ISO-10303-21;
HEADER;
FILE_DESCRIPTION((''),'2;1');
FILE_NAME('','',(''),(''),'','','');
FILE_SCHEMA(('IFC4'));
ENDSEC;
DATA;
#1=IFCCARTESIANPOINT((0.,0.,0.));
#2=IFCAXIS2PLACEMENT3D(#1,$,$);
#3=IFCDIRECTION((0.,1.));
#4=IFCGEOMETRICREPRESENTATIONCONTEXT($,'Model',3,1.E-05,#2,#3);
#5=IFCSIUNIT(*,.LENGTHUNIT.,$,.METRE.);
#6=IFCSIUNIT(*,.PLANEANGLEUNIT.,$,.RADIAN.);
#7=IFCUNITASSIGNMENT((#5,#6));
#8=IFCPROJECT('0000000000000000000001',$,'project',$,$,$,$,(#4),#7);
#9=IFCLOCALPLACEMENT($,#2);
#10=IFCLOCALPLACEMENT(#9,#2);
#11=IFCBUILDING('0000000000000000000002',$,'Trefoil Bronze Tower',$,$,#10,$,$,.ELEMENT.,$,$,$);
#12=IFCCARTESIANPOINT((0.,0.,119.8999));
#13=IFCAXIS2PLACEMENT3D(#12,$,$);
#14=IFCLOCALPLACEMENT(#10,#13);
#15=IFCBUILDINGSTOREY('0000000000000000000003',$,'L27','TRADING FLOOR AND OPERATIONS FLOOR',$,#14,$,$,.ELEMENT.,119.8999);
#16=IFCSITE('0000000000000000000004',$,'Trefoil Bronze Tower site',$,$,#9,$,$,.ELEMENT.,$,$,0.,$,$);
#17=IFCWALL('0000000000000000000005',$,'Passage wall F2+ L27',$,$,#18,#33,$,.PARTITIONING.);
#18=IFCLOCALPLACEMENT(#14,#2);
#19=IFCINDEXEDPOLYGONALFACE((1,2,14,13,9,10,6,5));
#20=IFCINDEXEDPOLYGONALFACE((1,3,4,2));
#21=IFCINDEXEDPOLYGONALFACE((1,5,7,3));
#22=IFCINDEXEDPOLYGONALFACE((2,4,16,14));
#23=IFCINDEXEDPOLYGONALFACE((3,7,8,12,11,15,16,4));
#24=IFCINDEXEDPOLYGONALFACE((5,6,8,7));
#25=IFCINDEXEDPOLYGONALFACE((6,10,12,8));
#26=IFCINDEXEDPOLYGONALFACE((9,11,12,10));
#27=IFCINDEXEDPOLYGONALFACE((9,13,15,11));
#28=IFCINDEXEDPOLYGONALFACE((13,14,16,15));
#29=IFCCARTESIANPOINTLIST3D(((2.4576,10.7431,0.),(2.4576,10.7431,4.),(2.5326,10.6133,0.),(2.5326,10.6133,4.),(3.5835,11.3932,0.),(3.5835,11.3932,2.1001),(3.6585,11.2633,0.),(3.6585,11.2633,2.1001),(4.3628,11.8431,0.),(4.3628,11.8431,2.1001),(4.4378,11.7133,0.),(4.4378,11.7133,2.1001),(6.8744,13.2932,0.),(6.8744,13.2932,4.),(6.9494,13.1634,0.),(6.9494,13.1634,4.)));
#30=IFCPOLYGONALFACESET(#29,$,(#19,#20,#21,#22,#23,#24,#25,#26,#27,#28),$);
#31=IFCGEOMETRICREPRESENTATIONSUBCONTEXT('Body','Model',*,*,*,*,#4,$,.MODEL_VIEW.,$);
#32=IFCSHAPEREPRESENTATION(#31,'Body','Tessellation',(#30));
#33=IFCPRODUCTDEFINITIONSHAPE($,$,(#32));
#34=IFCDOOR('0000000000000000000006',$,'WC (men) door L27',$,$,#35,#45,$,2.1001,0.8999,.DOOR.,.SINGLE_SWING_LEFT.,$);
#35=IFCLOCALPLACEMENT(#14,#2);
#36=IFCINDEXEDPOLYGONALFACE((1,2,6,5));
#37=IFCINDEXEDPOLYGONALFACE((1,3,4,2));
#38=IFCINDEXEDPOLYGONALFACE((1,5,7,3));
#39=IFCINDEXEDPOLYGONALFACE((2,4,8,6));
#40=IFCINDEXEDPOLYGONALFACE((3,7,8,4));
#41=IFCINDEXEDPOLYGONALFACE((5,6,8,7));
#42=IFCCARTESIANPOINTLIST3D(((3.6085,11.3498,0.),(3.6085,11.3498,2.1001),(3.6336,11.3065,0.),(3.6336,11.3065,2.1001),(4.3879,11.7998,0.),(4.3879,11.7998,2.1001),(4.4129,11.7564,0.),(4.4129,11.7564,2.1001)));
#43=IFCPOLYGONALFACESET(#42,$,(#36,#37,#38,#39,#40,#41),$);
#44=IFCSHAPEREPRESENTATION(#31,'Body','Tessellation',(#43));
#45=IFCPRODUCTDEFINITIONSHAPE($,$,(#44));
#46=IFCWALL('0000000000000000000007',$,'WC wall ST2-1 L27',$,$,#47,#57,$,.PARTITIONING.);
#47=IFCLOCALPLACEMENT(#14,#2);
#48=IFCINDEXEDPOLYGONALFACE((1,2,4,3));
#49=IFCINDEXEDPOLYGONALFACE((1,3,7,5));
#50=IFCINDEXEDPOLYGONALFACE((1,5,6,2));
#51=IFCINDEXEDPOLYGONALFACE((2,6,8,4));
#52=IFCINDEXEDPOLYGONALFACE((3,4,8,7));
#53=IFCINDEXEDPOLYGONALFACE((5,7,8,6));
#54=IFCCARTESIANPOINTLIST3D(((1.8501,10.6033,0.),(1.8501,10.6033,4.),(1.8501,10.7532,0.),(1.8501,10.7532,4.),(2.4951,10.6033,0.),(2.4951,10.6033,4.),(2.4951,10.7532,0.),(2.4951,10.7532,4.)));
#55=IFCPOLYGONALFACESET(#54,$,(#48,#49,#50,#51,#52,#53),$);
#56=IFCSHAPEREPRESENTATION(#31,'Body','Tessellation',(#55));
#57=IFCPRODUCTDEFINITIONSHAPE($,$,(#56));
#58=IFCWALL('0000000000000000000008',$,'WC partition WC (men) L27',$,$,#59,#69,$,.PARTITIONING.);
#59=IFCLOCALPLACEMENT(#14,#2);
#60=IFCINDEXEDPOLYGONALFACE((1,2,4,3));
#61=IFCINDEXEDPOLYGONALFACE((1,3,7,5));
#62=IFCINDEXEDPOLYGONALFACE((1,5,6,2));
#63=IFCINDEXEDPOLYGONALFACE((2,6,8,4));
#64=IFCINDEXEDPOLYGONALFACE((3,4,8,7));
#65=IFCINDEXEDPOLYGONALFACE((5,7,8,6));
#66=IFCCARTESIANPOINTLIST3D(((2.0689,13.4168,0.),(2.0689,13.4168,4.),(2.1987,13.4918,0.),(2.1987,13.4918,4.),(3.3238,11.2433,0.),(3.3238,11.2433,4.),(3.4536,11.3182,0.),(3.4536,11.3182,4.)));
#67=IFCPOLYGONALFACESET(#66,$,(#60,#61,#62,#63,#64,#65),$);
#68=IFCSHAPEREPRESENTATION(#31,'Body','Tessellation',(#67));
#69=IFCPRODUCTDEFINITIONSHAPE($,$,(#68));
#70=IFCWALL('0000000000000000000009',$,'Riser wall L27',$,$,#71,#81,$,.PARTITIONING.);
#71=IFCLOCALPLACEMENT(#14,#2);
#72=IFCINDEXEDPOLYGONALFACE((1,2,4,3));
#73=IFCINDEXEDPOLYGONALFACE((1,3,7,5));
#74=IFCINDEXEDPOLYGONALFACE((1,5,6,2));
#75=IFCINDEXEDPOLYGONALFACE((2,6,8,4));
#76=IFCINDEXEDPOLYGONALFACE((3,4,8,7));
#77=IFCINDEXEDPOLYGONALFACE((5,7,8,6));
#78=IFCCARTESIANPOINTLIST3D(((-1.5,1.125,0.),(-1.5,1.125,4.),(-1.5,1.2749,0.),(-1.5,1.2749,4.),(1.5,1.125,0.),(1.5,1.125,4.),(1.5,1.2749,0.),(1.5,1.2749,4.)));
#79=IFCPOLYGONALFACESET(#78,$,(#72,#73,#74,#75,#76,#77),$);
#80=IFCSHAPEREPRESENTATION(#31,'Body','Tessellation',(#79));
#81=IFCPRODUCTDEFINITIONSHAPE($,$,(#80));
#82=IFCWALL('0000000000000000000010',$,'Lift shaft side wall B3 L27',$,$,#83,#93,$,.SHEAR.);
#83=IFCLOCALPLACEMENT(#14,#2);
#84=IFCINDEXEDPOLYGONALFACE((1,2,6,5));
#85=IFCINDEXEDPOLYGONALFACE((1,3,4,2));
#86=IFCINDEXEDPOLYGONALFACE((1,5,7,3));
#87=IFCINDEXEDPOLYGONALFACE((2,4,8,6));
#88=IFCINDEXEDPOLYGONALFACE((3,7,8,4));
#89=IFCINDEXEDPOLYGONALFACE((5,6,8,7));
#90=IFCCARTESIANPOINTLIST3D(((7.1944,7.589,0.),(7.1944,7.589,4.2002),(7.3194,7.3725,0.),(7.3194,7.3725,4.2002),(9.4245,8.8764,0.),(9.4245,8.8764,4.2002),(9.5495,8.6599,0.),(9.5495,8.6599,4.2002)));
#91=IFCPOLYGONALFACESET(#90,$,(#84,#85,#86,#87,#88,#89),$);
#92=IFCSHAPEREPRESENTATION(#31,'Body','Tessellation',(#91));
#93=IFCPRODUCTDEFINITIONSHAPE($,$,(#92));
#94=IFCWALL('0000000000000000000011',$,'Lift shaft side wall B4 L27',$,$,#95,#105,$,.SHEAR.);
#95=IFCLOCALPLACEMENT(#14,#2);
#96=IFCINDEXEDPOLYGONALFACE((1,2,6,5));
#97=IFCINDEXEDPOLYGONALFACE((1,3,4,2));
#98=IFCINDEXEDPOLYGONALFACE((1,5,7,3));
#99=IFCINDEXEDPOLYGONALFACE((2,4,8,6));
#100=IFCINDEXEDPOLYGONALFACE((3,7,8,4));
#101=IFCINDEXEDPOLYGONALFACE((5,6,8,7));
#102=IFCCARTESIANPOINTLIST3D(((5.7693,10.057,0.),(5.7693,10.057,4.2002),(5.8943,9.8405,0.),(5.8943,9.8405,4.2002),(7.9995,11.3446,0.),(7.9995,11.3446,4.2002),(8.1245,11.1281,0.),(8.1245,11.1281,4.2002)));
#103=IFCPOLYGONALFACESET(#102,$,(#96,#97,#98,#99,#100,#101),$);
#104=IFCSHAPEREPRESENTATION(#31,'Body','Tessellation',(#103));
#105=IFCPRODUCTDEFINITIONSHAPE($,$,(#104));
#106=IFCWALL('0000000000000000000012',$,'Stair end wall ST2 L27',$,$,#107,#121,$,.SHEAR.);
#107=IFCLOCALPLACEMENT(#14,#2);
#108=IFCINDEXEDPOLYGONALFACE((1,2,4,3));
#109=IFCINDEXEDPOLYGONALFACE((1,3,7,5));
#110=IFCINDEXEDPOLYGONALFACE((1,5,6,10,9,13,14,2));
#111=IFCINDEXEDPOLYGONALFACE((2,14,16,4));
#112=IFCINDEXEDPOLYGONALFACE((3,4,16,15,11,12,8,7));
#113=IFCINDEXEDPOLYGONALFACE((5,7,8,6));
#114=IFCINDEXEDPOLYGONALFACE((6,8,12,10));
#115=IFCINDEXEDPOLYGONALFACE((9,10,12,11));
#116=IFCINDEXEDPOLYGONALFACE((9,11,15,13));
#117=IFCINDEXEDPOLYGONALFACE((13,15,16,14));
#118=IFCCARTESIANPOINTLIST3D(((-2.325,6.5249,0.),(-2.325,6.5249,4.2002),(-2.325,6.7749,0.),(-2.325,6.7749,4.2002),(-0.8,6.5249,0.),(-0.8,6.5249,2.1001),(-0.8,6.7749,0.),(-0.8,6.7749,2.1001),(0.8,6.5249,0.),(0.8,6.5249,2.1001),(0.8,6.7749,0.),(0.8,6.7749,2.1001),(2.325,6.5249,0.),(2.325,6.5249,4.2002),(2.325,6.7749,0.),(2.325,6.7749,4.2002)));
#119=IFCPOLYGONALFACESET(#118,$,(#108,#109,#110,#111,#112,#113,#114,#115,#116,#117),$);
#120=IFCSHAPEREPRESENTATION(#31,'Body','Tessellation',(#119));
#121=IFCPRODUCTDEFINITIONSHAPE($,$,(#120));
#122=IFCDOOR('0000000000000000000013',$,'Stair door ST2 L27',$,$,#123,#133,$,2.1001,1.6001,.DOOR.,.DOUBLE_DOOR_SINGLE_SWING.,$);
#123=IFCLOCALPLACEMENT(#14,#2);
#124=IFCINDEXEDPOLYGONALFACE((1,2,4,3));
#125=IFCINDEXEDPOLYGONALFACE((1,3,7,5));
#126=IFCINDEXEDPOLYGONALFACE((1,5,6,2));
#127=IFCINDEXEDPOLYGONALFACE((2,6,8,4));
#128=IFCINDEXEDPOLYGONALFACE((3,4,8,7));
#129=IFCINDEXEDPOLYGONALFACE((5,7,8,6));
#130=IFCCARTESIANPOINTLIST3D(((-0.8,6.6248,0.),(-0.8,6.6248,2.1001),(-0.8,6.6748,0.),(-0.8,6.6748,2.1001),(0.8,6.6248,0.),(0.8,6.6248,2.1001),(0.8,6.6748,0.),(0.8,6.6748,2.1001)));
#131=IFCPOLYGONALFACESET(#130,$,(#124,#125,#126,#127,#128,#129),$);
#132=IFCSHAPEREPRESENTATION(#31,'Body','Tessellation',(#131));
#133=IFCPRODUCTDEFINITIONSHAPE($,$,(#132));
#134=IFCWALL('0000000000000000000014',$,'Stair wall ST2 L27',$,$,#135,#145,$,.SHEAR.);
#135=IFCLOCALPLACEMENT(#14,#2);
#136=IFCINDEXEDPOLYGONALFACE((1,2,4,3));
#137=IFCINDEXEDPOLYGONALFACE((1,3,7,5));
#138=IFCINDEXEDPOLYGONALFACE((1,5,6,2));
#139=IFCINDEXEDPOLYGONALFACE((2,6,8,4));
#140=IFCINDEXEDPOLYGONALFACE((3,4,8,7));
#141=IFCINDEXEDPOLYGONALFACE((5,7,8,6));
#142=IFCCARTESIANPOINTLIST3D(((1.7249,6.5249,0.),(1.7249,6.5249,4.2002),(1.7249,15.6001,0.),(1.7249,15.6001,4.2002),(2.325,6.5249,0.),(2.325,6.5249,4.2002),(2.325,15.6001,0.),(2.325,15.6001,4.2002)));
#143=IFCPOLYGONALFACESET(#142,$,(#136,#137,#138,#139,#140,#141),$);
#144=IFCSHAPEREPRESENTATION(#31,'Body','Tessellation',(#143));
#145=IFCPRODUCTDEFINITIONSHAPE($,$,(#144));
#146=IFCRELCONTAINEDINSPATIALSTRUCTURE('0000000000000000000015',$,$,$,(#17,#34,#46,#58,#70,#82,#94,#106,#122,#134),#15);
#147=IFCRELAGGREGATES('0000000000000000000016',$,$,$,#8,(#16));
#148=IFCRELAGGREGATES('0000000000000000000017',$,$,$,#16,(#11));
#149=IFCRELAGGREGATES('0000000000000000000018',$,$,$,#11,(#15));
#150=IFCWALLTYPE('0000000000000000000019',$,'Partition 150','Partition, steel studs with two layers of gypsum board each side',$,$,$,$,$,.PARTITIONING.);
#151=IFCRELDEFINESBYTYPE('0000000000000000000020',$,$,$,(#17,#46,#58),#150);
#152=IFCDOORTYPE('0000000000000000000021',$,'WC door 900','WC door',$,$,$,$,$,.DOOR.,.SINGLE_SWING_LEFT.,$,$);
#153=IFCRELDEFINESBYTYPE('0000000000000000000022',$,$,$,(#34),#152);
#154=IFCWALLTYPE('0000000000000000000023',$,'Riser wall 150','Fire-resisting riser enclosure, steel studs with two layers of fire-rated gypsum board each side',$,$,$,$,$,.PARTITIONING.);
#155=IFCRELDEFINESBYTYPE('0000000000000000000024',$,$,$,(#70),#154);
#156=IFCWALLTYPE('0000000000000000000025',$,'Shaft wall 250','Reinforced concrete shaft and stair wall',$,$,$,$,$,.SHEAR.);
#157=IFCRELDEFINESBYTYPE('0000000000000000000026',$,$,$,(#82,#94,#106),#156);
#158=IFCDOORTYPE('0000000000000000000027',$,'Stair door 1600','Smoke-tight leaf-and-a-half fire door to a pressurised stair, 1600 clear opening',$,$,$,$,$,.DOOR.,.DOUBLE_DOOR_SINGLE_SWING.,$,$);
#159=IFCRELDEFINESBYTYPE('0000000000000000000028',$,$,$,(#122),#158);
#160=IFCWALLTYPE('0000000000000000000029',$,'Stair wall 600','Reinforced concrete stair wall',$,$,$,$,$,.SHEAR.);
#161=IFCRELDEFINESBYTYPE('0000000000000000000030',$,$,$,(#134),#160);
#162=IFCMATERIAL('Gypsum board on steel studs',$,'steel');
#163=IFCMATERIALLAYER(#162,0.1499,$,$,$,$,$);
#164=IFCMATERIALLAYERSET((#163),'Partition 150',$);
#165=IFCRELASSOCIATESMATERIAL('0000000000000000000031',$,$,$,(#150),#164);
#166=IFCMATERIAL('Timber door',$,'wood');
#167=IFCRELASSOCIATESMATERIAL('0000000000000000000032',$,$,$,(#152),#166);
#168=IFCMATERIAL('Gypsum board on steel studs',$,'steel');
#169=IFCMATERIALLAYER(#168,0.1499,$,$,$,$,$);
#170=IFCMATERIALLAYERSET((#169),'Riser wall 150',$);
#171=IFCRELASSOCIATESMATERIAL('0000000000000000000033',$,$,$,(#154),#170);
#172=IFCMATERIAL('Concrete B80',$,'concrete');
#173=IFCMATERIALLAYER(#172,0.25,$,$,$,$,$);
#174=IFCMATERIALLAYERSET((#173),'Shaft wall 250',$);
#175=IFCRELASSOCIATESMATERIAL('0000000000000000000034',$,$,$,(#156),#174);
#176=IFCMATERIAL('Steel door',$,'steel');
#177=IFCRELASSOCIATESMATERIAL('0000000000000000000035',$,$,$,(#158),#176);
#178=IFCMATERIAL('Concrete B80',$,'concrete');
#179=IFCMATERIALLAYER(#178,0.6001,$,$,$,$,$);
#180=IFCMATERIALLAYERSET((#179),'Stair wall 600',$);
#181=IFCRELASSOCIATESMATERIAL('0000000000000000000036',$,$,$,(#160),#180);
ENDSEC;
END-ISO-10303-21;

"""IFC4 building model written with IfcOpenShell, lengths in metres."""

from ifc_helpers import new_model, si_unit, direction, frame, frame_2d, origin, place, context, subcontext, project, spatial, rectangle, extrude, material, layer, layer_set, type_object, element, fill, save


model = new_model("IFC4")

# Units and contexts
model_context = context("Model", 3, precision=1e-05, world=origin(), true_north=direction((0.0, 1.0)))
body_context = subcontext(model_context, "Body", "Model", "MODEL_VIEW")
ifc_project = project(units=[si_unit("LENGTHUNIT", "METRE"), si_unit("PLANEANGLEUNIT", "RADIAN")], contexts=[model_context])

# Site, building, storey
site_placement = place(None, origin())
site = spatial("IfcSite", under=ifc_project, at=site_placement, Name="Trefoil Bronze Tower site", CompositionType="ELEMENT", RefElevation=0.0)
building_placement = place(site_placement, origin())
building = spatial("IfcBuilding", under=site, at=building_placement, Name="Trefoil Bronze Tower", CompositionType="ELEMENT")
storey_placement = place(building_placement, frame((0.0, 0.0, 119.8999)))
storey = spatial("IfcBuildingStorey", under=building, at=storey_placement, Name="L27", Description="TRADING FLOOR AND OPERATIONS FLOOR", CompositionType="ELEMENT", Elevation=119.8999)

# Wall, opening, door
ifc_material_1 = material(Name="Gypsum board on steel studs", Category="steel")
ifc_layer_1 = layer(ifc_material_1, 0.1499)
ifc_layer_set_1 = layer_set([ifc_layer_1], Name="Partition 150")
wall_type_1 = type_object("IfcWallType", Name="Partition 150", Description="Partition, steel studs with two layers of gypsum board each side", PredefinedType="PARTITIONING", material=ifc_layer_set_1)
wall_1_placement = place(storey_placement, frame((2.4951, 10.6782, 0.0), z_axis=(0.0, 0.0, 1.0), x_axis=(0.866022, 0.500006, 0.0)))
wall_1 = element("IfcWall", 1, at=wall_1_placement, inside=storey, type_object=wall_type_1, Name="Passage wall F2+ L27", PredefinedType="PARTITIONING", context=body_context, shape_type="SweptSolid", body=[
    extrude(rectangle(XDim=5.1001, YDim=0.1499, at=frame_2d((2.55, 0.0))), origin(), (0.0, 0.0, 1.0), 4.0),
])
opening_1_placement = place(wall_1_placement, frame((1.3, 0.0, 0.0)))
opening_1 = element("IfcOpeningElement", 2, at=opening_1_placement, cuts=wall_1, PredefinedType="OPENING", context=body_context, shape_type="SweptSolid", body=[
    extrude(rectangle(XDim=0.8999, YDim=2.1001, at=frame_2d((0.45, 1.05))), frame((0.0, 0.085, 0.0), z_axis=(0.0, -1.0, 0.0), x_axis=(1.0, 0.0, 0.0)), (0.0, 0.0, 1.0), 0.1699),
])
ifc_material_2 = material(Name="Timber door", Category="wood")
door_type_1 = type_object("IfcDoorType", Name="WC door 900", Description="WC door", OperationType="SINGLE_SWING_LEFT", PredefinedType="DOOR", material=ifc_material_2)
door_1_placement = place(opening_1_placement, origin())
door_1 = element("IfcDoor", 3, at=door_1_placement, inside=storey, type_object=door_type_1, Name="WC (men) door L27", OperationType="SINGLE_SWING_LEFT", OverallHeight=2.1001, OverallWidth=0.8999, PredefinedType="DOOR", context=body_context, shape_type="SweptSolid", body=[
    extrude(rectangle(XDim=0.8999, YDim=2.1001, at=frame_2d((0.45, 1.05))), frame((0.0, 0.0249, 0.0), z_axis=(0.0, -1.0, 0.0), x_axis=(1.0, 0.0, 0.0)), (0.0, 0.0, 1.0), 0.05),
])
fill(opening_1, door_1)

# Walls
wall_2_placement = place(storey_placement, frame((2.4951, 10.6782, 0.0), z_axis=(0.0, 0.0, 1.0), x_axis=(-1.0, 0.0, 0.0)))
element("IfcWall", 4, at=wall_2_placement, inside=storey, type_object=wall_type_1, Name="WC wall ST2-1 L27", PredefinedType="PARTITIONING", context=body_context, shape_type="SweptSolid", body=[
    extrude(rectangle(XDim=0.645, YDim=0.1499, at=frame_2d((0.3225, 0.0))), origin(), (0.0, 0.0, 1.0), 4.0),
])
wall_3_placement = place(storey_placement, frame((3.3887, 11.2808, 0.0), z_axis=(0.0, 0.0, 1.0), x_axis=(-0.499989, 0.866032, 0.0)))
element("IfcWall", 5, at=wall_3_placement, inside=storey, type_object=wall_type_1, Name="WC partition WC (men) L27", PredefinedType="PARTITIONING", context=body_context, shape_type="SweptSolid", body=[
    extrude(rectangle(XDim=2.5098, YDim=0.1499, at=frame_2d((1.2549, 0.0))), origin(), (0.0, 0.0, 1.0), 4.0),
])
ifc_material_3 = material(Name="Gypsum board on steel studs", Category="steel")
ifc_layer_2 = layer(ifc_material_3, 0.1499)
ifc_layer_set_2 = layer_set([ifc_layer_2], Name="Riser wall 150")
wall_type_2 = type_object("IfcWallType", Name="Riser wall 150", Description="Fire-resisting riser enclosure, steel studs with two layers of fire-rated gypsum board each side", PredefinedType="PARTITIONING", material=ifc_layer_set_2)
wall_4_placement = place(storey_placement, frame((1.5, 1.2, 0.0), z_axis=(0.0, 0.0, 1.0), x_axis=(-1.0, 0.0, 0.0)))
element("IfcWall", 6, at=wall_4_placement, inside=storey, type_object=wall_type_2, Name="Riser wall L27", PredefinedType="PARTITIONING", context=body_context, shape_type="SweptSolid", body=[
    extrude(rectangle(XDim=3.0, YDim=0.1499, at=frame_2d((1.5, 0.0))), origin(), (0.0, 0.0, 1.0), 4.0),
])
ifc_material_4 = material(Name="Concrete B80", Category="concrete")
ifc_layer_3 = layer(ifc_material_4, 0.25)
ifc_layer_set_3 = layer_set([ifc_layer_3], Name="Shaft wall 250")
wall_type_3 = type_object("IfcWallType", Name="Shaft wall 250", Description="Reinforced concrete shaft and stair wall", PredefinedType="SHEAR", material=ifc_layer_set_3)
wall_5_placement = place(storey_placement, frame((7.2568, 7.4807, 0.0), z_axis=(0.0, 0.0, 1.0), x_axis=(0.866047, 0.499963, 0.0)))
element("IfcWall", 7, at=wall_5_placement, inside=storey, type_object=wall_type_3, Name="Lift shaft side wall B3 L27", PredefinedType="SHEAR", context=body_context, shape_type="SweptSolid", body=[
    extrude(rectangle(XDim=2.575, YDim=0.25, at=frame_2d((1.2876, 0.0))), origin(), (0.0, 0.0, 1.0), 4.2002),
])
wall_6_placement = place(storey_placement, frame((5.8318, 9.9487, 0.0), z_axis=(0.0, 0.0, 1.0), x_axis=(0.866029, 0.499993, 0.0)))
element("IfcWall", 8, at=wall_6_placement, inside=storey, type_object=wall_type_3, Name="Lift shaft side wall B4 L27", PredefinedType="SHEAR", context=body_context, shape_type="SweptSolid", body=[
    extrude(rectangle(XDim=2.5752, YDim=0.25, at=frame_2d((1.2876, 0.0))), origin(), (0.0, 0.0, 1.0), 4.2002),
])

# Wall, opening, door
wall_7_placement = place(storey_placement, frame((2.325, 6.6499, 0.0), z_axis=(0.0, 0.0, 1.0), x_axis=(-1.0, 0.0, 0.0)))
wall_7 = element("IfcWall", 9, at=wall_7_placement, inside=storey, type_object=wall_type_3, Name="Stair end wall ST2 L27", PredefinedType="SHEAR", context=body_context, shape_type="SweptSolid", body=[
    extrude(rectangle(XDim=4.6499, YDim=0.25, at=frame_2d((2.325, 0.0))), origin(), (0.0, 0.0, 1.0), 4.2002),
])
opening_2_placement = place(wall_7_placement, frame((1.5249, 0.0, 0.0)))
opening_2 = element("IfcOpeningElement", 10, at=opening_2_placement, cuts=wall_7, PredefinedType="OPENING", context=body_context, shape_type="SweptSolid", body=[
    extrude(rectangle(XDim=1.6001, YDim=2.1001, at=frame_2d((0.8, 1.05))), frame((0.0, 0.135, 0.0), z_axis=(0.0, -1.0, 0.0), x_axis=(1.0, 0.0, 0.0)), (0.0, 0.0, 1.0), 0.27),
])
ifc_material_5 = material(Name="Steel door", Category="steel")
door_type_2 = type_object("IfcDoorType", Name="Stair door 1600", Description="Smoke-tight leaf-and-a-half fire door to a pressurised stair, 1600 clear opening", OperationType="DOUBLE_DOOR_SINGLE_SWING", PredefinedType="DOOR", material=ifc_material_5)
door_2_placement = place(opening_2_placement, frame((1.6001, 0.0, 0.0), z_axis=(0.0, 0.0, 1.0), x_axis=(-1.0, 0.0, 0.0)))
door_2 = element("IfcDoor", 11, at=door_2_placement, inside=storey, type_object=door_type_2, Name="Stair door ST2 L27", OperationType="DOUBLE_DOOR_SINGLE_SWING", OverallHeight=2.1001, OverallWidth=1.6001, PredefinedType="DOOR", context=body_context, shape_type="SweptSolid", body=[
    extrude(rectangle(XDim=1.6001, YDim=2.1001, at=frame_2d((0.8, 1.05))), frame((0.0, 0.0249, 0.0), z_axis=(0.0, -1.0, 0.0), x_axis=(1.0, 0.0, 0.0)), (0.0, 0.0, 1.0), 0.05),
])
fill(opening_2, door_2)

# Wall
ifc_material_6 = material(Name="Concrete B80", Category="concrete")
ifc_layer_4 = layer(ifc_material_6, 0.6001)
ifc_layer_set_4 = layer_set([ifc_layer_4], Name="Stair wall 600")
wall_type_4 = type_object("IfcWallType", Name="Stair wall 600", Description="Reinforced concrete stair wall", PredefinedType="SHEAR", material=ifc_layer_set_4)
wall_8_placement = place(storey_placement, frame((2.0249, 6.5249, 0.0), z_axis=(0.0, 0.0, 1.0), x_axis=(0.0, 1.0, 0.0)))
element("IfcWall", 12, at=wall_8_placement, inside=storey, type_object=wall_type_4, Name="Stair wall ST2 L27", PredefinedType="SHEAR", context=body_context, shape_type="SweptSolid", body=[
    extrude(rectangle(XDim=9.0752, YDim=0.6001, at=frame_2d((4.5376, 0.0))), origin(), (0.0, 0.0, 1.0), 4.2002),
])

save(model, "model.ifc")
